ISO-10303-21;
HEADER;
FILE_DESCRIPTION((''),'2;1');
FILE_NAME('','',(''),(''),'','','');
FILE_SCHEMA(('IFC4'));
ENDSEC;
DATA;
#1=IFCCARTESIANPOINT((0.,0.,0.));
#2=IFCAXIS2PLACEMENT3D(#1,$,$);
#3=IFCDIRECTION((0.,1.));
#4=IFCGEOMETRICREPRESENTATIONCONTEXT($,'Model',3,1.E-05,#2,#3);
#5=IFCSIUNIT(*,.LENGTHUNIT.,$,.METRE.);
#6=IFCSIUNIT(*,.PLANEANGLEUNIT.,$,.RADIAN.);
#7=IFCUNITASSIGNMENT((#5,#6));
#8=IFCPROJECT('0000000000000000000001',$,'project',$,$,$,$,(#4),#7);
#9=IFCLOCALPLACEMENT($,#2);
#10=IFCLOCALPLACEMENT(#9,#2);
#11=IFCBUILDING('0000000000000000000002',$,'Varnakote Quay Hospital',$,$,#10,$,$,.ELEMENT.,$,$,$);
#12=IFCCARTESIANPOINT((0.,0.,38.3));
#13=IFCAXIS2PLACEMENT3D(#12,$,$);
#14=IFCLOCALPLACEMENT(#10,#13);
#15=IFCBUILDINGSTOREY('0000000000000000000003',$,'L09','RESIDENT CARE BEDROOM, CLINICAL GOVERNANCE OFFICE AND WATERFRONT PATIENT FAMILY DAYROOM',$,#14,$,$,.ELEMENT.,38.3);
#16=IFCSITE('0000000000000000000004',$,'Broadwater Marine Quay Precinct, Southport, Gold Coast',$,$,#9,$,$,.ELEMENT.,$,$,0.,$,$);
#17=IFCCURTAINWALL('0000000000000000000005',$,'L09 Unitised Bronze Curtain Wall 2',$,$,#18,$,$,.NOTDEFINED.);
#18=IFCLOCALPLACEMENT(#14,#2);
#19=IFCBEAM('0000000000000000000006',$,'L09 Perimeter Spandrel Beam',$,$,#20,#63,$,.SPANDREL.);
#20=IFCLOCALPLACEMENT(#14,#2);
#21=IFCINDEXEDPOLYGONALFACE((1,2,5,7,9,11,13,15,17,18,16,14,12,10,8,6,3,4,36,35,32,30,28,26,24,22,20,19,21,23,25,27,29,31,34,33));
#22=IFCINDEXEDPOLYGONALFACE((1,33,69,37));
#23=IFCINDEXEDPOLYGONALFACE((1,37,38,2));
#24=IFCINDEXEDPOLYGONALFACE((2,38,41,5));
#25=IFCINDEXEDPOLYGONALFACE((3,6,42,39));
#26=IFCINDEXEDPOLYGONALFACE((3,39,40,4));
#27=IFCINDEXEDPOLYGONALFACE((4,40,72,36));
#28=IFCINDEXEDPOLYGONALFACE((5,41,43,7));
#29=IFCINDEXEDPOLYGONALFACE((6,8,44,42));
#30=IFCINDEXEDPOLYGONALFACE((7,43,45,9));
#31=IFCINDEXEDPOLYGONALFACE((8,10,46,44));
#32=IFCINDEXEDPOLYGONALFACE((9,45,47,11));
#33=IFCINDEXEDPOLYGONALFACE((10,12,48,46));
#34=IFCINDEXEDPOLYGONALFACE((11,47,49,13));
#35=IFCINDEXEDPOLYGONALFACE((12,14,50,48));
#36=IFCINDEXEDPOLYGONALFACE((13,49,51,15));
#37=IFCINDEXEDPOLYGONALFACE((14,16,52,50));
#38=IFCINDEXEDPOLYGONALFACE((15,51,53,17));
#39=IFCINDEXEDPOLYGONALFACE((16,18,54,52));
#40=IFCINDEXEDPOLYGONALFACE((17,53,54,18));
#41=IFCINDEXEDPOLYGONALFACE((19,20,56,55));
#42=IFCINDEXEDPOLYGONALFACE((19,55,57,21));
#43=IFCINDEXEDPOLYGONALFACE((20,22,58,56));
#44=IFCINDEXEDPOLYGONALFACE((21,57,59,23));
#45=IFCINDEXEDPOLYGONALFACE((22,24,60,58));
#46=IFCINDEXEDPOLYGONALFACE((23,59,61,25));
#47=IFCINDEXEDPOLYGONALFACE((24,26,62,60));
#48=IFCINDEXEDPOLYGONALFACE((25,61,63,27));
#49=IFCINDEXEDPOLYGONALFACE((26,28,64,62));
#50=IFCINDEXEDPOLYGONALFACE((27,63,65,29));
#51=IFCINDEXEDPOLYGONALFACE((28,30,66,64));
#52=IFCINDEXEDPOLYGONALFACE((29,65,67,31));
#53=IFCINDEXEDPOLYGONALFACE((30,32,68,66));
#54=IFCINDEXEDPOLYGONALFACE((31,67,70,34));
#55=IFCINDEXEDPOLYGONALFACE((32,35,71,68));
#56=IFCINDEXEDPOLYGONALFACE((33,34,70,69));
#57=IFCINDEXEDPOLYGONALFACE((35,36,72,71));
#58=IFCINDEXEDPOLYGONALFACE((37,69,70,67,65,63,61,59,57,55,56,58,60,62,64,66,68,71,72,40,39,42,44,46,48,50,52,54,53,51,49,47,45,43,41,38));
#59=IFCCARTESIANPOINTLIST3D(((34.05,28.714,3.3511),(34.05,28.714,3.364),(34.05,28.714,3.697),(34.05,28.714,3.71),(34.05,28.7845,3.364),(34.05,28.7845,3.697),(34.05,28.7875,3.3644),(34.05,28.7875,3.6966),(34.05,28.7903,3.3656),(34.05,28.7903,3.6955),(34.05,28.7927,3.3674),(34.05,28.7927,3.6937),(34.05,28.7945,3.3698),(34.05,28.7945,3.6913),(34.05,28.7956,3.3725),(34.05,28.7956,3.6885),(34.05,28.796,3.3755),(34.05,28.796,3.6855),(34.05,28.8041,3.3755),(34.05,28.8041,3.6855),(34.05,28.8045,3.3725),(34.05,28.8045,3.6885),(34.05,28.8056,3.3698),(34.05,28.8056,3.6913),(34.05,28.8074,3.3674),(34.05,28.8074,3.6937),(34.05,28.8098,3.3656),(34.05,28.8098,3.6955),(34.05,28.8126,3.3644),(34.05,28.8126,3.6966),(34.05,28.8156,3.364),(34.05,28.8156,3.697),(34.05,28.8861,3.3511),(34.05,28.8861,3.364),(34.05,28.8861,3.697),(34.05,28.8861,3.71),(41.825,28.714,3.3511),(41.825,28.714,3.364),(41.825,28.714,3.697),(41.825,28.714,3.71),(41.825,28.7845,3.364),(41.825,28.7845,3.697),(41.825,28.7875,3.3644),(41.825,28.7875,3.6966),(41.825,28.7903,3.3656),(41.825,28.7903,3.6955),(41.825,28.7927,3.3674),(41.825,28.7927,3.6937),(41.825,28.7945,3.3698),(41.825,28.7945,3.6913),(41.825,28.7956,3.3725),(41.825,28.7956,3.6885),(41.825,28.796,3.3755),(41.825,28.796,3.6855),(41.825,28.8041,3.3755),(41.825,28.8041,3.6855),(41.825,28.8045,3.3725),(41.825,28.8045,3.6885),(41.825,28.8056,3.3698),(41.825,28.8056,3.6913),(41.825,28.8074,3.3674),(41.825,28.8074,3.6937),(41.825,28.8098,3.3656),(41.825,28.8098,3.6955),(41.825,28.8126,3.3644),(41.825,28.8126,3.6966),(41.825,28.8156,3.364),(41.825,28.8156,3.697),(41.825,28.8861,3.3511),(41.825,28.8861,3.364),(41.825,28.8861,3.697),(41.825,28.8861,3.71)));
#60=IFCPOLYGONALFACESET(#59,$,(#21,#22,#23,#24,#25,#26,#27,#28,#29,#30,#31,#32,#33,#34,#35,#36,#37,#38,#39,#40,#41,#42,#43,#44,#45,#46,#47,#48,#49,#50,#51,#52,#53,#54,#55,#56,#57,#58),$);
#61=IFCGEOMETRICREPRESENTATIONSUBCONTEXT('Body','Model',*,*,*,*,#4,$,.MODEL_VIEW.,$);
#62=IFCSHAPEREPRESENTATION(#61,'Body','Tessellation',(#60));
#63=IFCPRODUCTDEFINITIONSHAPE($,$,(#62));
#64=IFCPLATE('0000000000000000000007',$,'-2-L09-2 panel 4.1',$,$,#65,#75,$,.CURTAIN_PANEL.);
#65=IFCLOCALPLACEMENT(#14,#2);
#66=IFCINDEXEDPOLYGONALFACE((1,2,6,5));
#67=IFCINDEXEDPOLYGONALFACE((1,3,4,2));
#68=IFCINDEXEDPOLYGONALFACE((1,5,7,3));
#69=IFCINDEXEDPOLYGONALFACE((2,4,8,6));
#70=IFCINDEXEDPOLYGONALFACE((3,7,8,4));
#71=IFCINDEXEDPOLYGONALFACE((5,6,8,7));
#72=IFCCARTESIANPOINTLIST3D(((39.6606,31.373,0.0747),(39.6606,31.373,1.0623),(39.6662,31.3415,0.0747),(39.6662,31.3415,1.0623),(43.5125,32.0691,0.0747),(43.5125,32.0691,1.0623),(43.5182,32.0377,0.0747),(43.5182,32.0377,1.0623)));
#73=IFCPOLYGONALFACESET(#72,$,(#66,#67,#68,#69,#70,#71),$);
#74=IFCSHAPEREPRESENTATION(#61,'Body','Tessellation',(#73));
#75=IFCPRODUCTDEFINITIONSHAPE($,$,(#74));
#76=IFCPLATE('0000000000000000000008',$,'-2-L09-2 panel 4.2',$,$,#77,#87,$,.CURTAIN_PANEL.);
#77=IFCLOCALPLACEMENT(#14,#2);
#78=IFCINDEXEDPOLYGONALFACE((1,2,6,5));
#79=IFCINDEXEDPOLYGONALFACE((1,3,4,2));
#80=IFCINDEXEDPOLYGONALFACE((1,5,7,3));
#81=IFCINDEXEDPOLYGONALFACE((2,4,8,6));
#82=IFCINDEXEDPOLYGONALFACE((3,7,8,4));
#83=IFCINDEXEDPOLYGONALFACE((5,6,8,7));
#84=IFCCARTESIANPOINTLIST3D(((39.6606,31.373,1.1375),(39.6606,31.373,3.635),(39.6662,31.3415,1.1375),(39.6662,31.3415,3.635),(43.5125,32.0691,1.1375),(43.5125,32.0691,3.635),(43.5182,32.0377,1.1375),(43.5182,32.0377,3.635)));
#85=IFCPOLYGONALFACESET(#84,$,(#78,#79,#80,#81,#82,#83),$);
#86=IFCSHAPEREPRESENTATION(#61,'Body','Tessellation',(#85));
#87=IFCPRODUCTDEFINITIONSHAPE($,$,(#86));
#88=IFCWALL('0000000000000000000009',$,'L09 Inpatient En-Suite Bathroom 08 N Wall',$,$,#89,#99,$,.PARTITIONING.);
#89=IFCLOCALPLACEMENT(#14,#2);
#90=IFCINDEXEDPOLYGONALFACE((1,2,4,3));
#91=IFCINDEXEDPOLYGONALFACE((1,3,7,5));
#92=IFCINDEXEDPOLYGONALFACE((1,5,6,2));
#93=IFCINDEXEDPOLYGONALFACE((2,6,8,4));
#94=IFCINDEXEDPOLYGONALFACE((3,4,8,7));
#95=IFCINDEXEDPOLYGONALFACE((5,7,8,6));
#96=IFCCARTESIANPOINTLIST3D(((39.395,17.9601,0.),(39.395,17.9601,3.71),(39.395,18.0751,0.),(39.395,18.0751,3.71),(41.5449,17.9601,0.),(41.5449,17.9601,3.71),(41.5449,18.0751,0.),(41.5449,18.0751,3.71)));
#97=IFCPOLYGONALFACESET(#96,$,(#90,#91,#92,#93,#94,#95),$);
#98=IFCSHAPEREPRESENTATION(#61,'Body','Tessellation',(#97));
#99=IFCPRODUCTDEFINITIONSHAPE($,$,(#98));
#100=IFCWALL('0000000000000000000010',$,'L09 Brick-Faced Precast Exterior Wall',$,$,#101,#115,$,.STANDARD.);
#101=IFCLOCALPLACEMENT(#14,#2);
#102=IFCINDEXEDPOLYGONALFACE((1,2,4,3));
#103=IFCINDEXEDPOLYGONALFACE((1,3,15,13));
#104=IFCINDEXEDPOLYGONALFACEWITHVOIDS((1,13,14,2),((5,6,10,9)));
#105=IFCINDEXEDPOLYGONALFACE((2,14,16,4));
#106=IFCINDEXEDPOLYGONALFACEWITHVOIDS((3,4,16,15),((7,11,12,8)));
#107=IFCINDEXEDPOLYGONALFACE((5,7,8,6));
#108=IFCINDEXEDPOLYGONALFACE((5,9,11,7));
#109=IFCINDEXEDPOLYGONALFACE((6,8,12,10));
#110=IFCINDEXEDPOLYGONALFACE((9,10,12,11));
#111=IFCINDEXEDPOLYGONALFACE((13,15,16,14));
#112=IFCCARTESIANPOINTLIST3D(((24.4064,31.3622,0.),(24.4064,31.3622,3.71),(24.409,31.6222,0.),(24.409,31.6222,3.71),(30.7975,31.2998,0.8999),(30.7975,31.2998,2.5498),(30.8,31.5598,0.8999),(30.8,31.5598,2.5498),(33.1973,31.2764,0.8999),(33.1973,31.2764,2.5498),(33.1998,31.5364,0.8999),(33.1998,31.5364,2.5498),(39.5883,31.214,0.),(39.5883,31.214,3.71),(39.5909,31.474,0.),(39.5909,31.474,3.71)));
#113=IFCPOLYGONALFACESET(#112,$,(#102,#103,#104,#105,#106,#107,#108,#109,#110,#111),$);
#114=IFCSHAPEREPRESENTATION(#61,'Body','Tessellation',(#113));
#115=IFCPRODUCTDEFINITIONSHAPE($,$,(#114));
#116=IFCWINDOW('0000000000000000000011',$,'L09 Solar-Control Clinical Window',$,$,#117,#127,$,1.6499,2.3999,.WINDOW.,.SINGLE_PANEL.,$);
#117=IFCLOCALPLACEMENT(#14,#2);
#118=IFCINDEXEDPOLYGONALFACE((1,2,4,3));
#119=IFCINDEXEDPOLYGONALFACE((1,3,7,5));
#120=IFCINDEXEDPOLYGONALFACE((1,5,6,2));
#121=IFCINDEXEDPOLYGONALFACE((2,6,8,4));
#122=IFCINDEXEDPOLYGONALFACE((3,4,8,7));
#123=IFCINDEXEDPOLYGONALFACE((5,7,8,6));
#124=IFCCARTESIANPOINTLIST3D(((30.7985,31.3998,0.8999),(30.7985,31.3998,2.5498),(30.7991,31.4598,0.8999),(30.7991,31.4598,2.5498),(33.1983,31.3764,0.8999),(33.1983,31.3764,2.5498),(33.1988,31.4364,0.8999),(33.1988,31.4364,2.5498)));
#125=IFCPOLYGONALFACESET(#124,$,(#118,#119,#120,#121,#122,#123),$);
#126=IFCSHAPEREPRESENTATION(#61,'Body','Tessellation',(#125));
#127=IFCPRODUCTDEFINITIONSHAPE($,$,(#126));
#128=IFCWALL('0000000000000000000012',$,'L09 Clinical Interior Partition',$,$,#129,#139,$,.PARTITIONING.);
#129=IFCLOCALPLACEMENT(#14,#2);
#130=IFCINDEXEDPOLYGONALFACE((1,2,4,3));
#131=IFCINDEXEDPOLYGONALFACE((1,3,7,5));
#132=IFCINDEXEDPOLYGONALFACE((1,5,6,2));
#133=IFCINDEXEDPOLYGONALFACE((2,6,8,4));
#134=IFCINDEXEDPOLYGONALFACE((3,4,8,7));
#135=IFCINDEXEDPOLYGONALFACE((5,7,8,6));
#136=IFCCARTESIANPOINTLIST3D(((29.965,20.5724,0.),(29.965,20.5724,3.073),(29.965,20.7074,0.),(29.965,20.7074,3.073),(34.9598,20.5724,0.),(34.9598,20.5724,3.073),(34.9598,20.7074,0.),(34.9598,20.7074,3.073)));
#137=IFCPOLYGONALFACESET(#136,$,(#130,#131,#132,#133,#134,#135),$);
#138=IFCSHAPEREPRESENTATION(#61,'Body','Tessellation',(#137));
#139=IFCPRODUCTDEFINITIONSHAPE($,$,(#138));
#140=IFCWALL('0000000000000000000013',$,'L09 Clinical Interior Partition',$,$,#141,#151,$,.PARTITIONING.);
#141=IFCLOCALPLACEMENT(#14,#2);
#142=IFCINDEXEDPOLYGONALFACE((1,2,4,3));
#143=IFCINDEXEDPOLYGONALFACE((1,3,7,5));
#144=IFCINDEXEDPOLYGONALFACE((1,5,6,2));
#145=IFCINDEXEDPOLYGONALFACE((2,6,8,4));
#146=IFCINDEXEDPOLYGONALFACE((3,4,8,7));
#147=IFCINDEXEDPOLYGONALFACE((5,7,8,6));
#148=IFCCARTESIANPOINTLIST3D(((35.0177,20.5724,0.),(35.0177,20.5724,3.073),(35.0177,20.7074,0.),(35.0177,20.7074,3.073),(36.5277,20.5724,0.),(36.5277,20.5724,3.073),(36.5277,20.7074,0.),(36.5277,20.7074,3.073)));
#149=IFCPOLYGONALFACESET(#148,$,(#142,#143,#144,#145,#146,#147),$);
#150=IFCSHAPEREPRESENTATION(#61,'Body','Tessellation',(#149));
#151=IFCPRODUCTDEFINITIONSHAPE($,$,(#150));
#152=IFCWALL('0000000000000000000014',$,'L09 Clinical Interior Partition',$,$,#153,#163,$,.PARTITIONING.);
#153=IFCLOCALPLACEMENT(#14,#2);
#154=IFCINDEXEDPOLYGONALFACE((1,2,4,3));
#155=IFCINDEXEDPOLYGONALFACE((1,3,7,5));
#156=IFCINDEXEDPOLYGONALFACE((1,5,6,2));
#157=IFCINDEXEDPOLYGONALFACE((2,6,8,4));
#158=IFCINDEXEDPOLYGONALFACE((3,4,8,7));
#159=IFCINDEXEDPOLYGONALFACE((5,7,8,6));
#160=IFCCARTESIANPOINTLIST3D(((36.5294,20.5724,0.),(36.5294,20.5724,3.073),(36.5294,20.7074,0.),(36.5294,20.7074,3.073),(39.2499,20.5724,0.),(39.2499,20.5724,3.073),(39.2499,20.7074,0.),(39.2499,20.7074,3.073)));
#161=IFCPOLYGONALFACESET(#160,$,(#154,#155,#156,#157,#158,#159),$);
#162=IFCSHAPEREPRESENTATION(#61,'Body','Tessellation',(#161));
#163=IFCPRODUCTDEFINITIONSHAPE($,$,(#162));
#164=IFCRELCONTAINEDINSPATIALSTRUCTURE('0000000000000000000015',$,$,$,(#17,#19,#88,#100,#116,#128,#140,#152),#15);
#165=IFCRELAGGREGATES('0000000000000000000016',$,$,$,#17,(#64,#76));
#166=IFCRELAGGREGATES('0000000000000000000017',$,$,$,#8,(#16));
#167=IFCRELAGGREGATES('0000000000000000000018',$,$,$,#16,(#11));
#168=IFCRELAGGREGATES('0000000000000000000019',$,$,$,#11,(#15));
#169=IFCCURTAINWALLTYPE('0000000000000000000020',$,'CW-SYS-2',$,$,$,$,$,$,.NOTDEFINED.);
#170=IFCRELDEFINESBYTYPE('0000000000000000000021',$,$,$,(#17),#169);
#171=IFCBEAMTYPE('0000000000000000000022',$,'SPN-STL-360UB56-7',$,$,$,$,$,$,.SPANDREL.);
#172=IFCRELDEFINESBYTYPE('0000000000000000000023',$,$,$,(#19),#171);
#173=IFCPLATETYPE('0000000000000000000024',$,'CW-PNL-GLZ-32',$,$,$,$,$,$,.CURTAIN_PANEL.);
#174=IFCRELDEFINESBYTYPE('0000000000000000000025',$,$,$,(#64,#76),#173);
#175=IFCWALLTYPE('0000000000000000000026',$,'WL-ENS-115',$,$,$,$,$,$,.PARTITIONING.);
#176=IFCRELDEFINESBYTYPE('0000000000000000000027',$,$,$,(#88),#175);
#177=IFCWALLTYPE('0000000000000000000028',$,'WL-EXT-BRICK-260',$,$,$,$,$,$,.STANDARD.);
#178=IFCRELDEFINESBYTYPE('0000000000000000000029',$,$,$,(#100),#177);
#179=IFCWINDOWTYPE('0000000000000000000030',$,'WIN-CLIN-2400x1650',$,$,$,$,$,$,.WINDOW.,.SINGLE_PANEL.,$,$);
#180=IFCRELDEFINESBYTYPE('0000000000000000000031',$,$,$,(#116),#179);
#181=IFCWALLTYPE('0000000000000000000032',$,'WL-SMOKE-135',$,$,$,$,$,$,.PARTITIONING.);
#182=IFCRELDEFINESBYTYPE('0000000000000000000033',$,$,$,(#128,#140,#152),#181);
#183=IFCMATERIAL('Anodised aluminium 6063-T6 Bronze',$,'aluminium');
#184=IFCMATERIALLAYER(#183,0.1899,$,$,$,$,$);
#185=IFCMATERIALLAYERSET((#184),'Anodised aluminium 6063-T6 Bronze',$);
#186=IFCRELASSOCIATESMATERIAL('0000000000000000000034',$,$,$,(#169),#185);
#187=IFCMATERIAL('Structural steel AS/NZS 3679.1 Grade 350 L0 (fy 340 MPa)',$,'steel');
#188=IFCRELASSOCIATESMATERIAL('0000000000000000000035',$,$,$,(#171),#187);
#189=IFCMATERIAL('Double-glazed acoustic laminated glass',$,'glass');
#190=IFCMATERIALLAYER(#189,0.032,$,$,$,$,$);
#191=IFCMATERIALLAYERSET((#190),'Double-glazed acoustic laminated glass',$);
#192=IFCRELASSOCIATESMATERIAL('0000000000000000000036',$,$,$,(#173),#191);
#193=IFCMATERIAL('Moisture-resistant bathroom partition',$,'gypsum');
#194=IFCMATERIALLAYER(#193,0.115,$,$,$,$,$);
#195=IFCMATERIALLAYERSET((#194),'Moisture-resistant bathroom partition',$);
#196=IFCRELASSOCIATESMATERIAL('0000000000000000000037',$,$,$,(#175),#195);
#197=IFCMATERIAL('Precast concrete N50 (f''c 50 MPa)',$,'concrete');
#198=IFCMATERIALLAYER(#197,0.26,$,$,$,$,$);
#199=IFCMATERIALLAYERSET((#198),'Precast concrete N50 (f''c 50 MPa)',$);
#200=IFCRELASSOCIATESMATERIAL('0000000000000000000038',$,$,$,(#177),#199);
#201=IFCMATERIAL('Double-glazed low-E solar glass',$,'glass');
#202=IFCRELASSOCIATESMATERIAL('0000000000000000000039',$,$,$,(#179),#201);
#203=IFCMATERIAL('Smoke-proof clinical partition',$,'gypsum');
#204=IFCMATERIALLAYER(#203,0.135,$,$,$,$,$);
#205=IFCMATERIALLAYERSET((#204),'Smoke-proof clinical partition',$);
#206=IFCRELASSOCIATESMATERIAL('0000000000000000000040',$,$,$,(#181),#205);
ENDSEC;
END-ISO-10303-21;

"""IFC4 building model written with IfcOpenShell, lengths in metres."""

from ifc_helpers import new_model, si_unit, direction, frame, frame_2d, origin, origin_2d, place, context, subcontext, project, spatial, rectangle, i_section, extrude, material, layer, layer_set, material_profile, profile_set, type_object, element, fill, aggregate, save


model = new_model("IFC4")

# Units and contexts
model_context = context("Model", 3, precision=1e-05, world=origin(), true_north=direction((0.0, 1.0)))
body_context = subcontext(model_context, "Body", "Model", "MODEL_VIEW")
ifc_project = project(units=[si_unit("LENGTHUNIT", "METRE"), si_unit("PLANEANGLEUNIT", "RADIAN")], contexts=[model_context])

# Site, building, storey
site_placement = place(None, origin())
site = spatial("IfcSite", under=ifc_project, at=site_placement, Name="Broadwater Marine Quay Precinct, Southport, Gold Coast", CompositionType="ELEMENT", RefElevation=0.0)
building_placement = place(site_placement, origin())
building = spatial("IfcBuilding", under=site, at=building_placement, Name="Varnakote Quay Hospital", CompositionType="ELEMENT")
storey_placement = place(building_placement, frame((0.0, 0.0, 38.3)))
storey = spatial("IfcBuildingStorey", under=building, at=storey_placement, Name="L09", Description="RESIDENT CARE BEDROOM, CLINICAL GOVERNANCE OFFICE AND WATERFRONT PATIENT FAMILY DAYROOM", CompositionType="ELEMENT", Elevation=38.3)

# Curtain wall
ifc_material_1 = material(Name="Anodised aluminium 6063-T6 Bronze", Category="aluminium")
ifc_layer_1 = layer(ifc_material_1, 0.1899)
ifc_layer_set_1 = layer_set([ifc_layer_1], Name="Anodised aluminium 6063-T6 Bronze")
curtain_wall_type = type_object("IfcCurtainWallType", Name="CW-SYS-2", PredefinedType="NOTDEFINED", material=ifc_layer_set_1)
curtain_wall_placement = place(storey_placement, origin())
curtain_wall = element("IfcCurtainWall", 1, at=curtain_wall_placement, inside=storey, type_object=curtain_wall_type, Name="L09 Unitised Bronze Curtain Wall 2", PredefinedType="NOTDEFINED")

# Beam
ifc_material_2 = material(Name="Structural steel AS/NZS 3679.1 Grade 350 L0 (fy 340 MPa)", Category="steel")
ifc_material_profile_1 = material_profile(ifc_material_2, i_section(OverallWidth=0.1721, OverallDepth=0.3589, WebThickness=0.0081, FlangeThickness=0.0129, FilletRadius=0.0115, at=origin_2d()), Name="360UB56.7")
ifc_profile_set_1 = profile_set([ifc_material_profile_1], Name="Structural steel AS/NZS 3679.1 Grade 350 L0 (fy 340 MPa)")
beam_type_1 = type_object("IfcBeamType", Name="SPN-STL-360UB56-7", PredefinedType="SPANDREL", material=ifc_profile_set_1)
beam_1_placement = place(storey_placement, frame((34.05, 28.8, 3.5305), z_axis=(1.0, 0.0, 0.0), x_axis=(0.0, 1.0, 0.0)))
element("IfcBeam", 2, at=beam_1_placement, inside=storey, type_object=beam_type_1, Name="L09 Perimeter Spandrel Beam", PredefinedType="SPANDREL", context=body_context, shape_type="SweptSolid", body=[
    extrude(i_section(OverallWidth=0.1721, OverallDepth=0.3589, WebThickness=0.0081, FlangeThickness=0.0129, FilletRadius=0.0115, at=origin_2d()), origin(), (0.0, 0.0, 1.0), 7.7749),
])

# Plates
ifc_material_3 = material(Name="Double-glazed acoustic laminated glass", Category="glass")
ifc_layer_2 = layer(ifc_material_3, 0.032)
ifc_layer_set_2 = layer_set([ifc_layer_2], Name="Double-glazed acoustic laminated glass")
plate_type = type_object("IfcPlateType", Name="CW-PNL-GLZ-32", PredefinedType="CURTAIN_PANEL", material=ifc_layer_set_2)
plate_1_placement = place(storey_placement, frame((41.5894, 31.7053, 0.0747), z_axis=(0.0, 0.0, 1.0), x_axis=(-0.984058, -0.177846, 0.0)))
plate_1 = element("IfcPlate", 3, at=plate_1_placement, type_object=plate_type, Name="-2-L09-2 panel 4.1", PredefinedType="CURTAIN_PANEL", context=body_context, shape_type="SweptSolid", body=[
    extrude(rectangle(XDim=3.9143, YDim=0.032, at=origin_2d()), origin(), (0.0, 0.0, 1.0), 0.9875),
])
plate_2_placement = place(storey_placement, frame((41.5894, 31.7053, 1.1375), z_axis=(0.0, 0.0, 1.0), x_axis=(-0.984058, -0.177846, 0.0)))
plate_2 = element("IfcPlate", 4, at=plate_2_placement, type_object=plate_type, Name="-2-L09-2 panel 4.2", PredefinedType="CURTAIN_PANEL", context=body_context, shape_type="SweptSolid", body=[
    extrude(rectangle(XDim=3.9143, YDim=0.032, at=origin_2d()), origin(), (0.0, 0.0, 1.0), 2.4976),
])
aggregate(curtain_wall, [plate_1, plate_2])

# Wall
ifc_material_4 = material(Name="Moisture-resistant bathroom partition", Category="gypsum")
ifc_layer_3 = layer(ifc_material_4, 0.115)
ifc_layer_set_3 = layer_set([ifc_layer_3], Name="Moisture-resistant bathroom partition")
wall_type_1 = type_object("IfcWallType", Name="WL-ENS-115", PredefinedType="PARTITIONING", material=ifc_layer_set_3)
wall_1_placement = place(storey_placement, frame((39.395, 18.0176, 0.0), z_axis=(0.0, 0.0, 1.0), x_axis=(1.0, 0.0, 0.0)))
element("IfcWall", 5, at=wall_1_placement, inside=storey, type_object=wall_type_1, Name="L09 Inpatient En-Suite Bathroom 08 N Wall", PredefinedType="PARTITIONING", context=body_context, shape_type="SweptSolid", body=[
    extrude(rectangle(XDim=2.1499, YDim=0.115, at=frame_2d((1.075, 0.0))), origin(), (0.0, 0.0, 1.0), 3.71),
])

# Wall, opening, window
ifc_material_5 = material(Name="Precast concrete N50 (f'c 50 MPa)", Category="concrete")
ifc_layer_4 = layer(ifc_material_5, 0.26)
ifc_layer_set_4 = layer_set([ifc_layer_4], Name="Precast concrete N50 (f'c 50 MPa)")
wall_type_2 = type_object("IfcWallType", Name="WL-EXT-BRICK-260", PredefinedType="STANDARD", material=ifc_layer_set_4)
wall_2_placement = place(storey_placement, frame((39.5896, 31.344, 0.0), z_axis=(0.0, 0.0, 1.0), x_axis=(-0.999952, 0.009761, 0.0)))
wall_2 = element("IfcWall", 6, at=wall_2_placement, inside=storey, type_object=wall_type_2, Name="L09 Brick-Faced Precast Exterior Wall", PredefinedType="STANDARD", context=body_context, shape_type="SweptSolid", body=[
    extrude(rectangle(XDim=15.1826, YDim=0.26, at=frame_2d((7.5913, 0.0))), origin(), (0.0, 0.0, 1.0), 3.71),
])
opening_1_placement = place(wall_2_placement, frame((6.3914, 0.0, 0.8999)))
opening_1 = element("IfcOpeningElement", 7, at=opening_1_placement, cuts=wall_2, PredefinedType="OPENING", context=body_context, shape_type="SweptSolid", body=[
    extrude(rectangle(XDim=2.3999, YDim=1.6499, at=frame_2d((1.2, 0.825))), frame((0.0, 0.1399, 0.0), z_axis=(0.0, -1.0, 0.0), x_axis=(1.0, 0.0, 0.0)), (0.0, 0.0, 1.0), 0.28),
])
ifc_material_6 = material(Name="Double-glazed low-E solar glass", Category="glass")
window_type = type_object("IfcWindowType", Name="WIN-CLIN-2400x1650", PartitioningType="SINGLE_PANEL", PredefinedType="WINDOW", material=ifc_material_6)
window_placement = place(opening_1_placement, origin())
window = element("IfcWindow", 8, at=window_placement, inside=storey, type_object=window_type, Name="L09 Solar-Control Clinical Window", OverallHeight=1.6499, OverallWidth=2.3999, PartitioningType="SINGLE_PANEL", PredefinedType="WINDOW", context=body_context, shape_type="SweptSolid", body=[
    extrude(rectangle(XDim=2.3999, YDim=1.6499, at=frame_2d((1.2, 0.825))), frame((0.0, 0.03, 0.0), z_axis=(0.0, -1.0, 0.0), x_axis=(1.0, 0.0, 0.0)), (0.0, 0.0, 1.0), 0.0601),
])
fill(opening_1, window)

# Walls
ifc_material_7 = material(Name="Smoke-proof clinical partition", Category="gypsum")
ifc_layer_5 = layer(ifc_material_7, 0.135)
ifc_layer_set_5 = layer_set([ifc_layer_5], Name="Smoke-proof clinical partition")
wall_type_3 = type_object("IfcWallType", Name="WL-SMOKE-135", PredefinedType="PARTITIONING", material=ifc_layer_set_5)
wall_3_placement = place(storey_placement, frame((34.96, 20.6399, 0.0), z_axis=(0.0, 0.0, 1.0), x_axis=(-1.0, 0.0, 0.0)))
element("IfcWall", 9, at=wall_3_placement, inside=storey, type_object=wall_type_3, Name="L09 Clinical Interior Partition", PredefinedType="PARTITIONING", context=body_context, shape_type="SweptSolid", body=[
    extrude(rectangle(XDim=4.9949, YDim=0.135, at=frame_2d((2.4976, 0.0))), origin(), (0.0, 0.0, 1.0), 3.073),
])
wall_4_placement = place(storey_placement, frame((36.5276, 20.6399, 0.0), z_axis=(0.0, 0.0, 1.0), x_axis=(-1.0, 0.0, 0.0)))
element("IfcWall", 10, at=wall_4_placement, inside=storey, type_object=wall_type_3, Name="L09 Clinical Interior Partition", PredefinedType="PARTITIONING", context=body_context, shape_type="SweptSolid", body=[
    extrude(rectangle(XDim=1.51, YDim=0.135, at=frame_2d((0.7549, 0.0))), origin(), (0.0, 0.0, 1.0), 3.073),
])
wall_5_placement = place(storey_placement, frame((39.25, 20.6399, 0.0), z_axis=(0.0, 0.0, 1.0), x_axis=(-1.0, 0.0, 0.0)))
element("IfcWall", 11, at=wall_5_placement, inside=storey, type_object=wall_type_3, Name="L09 Clinical Interior Partition", PredefinedType="PARTITIONING", context=body_context, shape_type="SweptSolid", body=[
    extrude(rectangle(XDim=2.7205, YDim=0.135, at=frame_2d((1.3604, 0.0))), origin(), (0.0, 0.0, 1.0), 3.073),
])

save(model, "model.ifc")
